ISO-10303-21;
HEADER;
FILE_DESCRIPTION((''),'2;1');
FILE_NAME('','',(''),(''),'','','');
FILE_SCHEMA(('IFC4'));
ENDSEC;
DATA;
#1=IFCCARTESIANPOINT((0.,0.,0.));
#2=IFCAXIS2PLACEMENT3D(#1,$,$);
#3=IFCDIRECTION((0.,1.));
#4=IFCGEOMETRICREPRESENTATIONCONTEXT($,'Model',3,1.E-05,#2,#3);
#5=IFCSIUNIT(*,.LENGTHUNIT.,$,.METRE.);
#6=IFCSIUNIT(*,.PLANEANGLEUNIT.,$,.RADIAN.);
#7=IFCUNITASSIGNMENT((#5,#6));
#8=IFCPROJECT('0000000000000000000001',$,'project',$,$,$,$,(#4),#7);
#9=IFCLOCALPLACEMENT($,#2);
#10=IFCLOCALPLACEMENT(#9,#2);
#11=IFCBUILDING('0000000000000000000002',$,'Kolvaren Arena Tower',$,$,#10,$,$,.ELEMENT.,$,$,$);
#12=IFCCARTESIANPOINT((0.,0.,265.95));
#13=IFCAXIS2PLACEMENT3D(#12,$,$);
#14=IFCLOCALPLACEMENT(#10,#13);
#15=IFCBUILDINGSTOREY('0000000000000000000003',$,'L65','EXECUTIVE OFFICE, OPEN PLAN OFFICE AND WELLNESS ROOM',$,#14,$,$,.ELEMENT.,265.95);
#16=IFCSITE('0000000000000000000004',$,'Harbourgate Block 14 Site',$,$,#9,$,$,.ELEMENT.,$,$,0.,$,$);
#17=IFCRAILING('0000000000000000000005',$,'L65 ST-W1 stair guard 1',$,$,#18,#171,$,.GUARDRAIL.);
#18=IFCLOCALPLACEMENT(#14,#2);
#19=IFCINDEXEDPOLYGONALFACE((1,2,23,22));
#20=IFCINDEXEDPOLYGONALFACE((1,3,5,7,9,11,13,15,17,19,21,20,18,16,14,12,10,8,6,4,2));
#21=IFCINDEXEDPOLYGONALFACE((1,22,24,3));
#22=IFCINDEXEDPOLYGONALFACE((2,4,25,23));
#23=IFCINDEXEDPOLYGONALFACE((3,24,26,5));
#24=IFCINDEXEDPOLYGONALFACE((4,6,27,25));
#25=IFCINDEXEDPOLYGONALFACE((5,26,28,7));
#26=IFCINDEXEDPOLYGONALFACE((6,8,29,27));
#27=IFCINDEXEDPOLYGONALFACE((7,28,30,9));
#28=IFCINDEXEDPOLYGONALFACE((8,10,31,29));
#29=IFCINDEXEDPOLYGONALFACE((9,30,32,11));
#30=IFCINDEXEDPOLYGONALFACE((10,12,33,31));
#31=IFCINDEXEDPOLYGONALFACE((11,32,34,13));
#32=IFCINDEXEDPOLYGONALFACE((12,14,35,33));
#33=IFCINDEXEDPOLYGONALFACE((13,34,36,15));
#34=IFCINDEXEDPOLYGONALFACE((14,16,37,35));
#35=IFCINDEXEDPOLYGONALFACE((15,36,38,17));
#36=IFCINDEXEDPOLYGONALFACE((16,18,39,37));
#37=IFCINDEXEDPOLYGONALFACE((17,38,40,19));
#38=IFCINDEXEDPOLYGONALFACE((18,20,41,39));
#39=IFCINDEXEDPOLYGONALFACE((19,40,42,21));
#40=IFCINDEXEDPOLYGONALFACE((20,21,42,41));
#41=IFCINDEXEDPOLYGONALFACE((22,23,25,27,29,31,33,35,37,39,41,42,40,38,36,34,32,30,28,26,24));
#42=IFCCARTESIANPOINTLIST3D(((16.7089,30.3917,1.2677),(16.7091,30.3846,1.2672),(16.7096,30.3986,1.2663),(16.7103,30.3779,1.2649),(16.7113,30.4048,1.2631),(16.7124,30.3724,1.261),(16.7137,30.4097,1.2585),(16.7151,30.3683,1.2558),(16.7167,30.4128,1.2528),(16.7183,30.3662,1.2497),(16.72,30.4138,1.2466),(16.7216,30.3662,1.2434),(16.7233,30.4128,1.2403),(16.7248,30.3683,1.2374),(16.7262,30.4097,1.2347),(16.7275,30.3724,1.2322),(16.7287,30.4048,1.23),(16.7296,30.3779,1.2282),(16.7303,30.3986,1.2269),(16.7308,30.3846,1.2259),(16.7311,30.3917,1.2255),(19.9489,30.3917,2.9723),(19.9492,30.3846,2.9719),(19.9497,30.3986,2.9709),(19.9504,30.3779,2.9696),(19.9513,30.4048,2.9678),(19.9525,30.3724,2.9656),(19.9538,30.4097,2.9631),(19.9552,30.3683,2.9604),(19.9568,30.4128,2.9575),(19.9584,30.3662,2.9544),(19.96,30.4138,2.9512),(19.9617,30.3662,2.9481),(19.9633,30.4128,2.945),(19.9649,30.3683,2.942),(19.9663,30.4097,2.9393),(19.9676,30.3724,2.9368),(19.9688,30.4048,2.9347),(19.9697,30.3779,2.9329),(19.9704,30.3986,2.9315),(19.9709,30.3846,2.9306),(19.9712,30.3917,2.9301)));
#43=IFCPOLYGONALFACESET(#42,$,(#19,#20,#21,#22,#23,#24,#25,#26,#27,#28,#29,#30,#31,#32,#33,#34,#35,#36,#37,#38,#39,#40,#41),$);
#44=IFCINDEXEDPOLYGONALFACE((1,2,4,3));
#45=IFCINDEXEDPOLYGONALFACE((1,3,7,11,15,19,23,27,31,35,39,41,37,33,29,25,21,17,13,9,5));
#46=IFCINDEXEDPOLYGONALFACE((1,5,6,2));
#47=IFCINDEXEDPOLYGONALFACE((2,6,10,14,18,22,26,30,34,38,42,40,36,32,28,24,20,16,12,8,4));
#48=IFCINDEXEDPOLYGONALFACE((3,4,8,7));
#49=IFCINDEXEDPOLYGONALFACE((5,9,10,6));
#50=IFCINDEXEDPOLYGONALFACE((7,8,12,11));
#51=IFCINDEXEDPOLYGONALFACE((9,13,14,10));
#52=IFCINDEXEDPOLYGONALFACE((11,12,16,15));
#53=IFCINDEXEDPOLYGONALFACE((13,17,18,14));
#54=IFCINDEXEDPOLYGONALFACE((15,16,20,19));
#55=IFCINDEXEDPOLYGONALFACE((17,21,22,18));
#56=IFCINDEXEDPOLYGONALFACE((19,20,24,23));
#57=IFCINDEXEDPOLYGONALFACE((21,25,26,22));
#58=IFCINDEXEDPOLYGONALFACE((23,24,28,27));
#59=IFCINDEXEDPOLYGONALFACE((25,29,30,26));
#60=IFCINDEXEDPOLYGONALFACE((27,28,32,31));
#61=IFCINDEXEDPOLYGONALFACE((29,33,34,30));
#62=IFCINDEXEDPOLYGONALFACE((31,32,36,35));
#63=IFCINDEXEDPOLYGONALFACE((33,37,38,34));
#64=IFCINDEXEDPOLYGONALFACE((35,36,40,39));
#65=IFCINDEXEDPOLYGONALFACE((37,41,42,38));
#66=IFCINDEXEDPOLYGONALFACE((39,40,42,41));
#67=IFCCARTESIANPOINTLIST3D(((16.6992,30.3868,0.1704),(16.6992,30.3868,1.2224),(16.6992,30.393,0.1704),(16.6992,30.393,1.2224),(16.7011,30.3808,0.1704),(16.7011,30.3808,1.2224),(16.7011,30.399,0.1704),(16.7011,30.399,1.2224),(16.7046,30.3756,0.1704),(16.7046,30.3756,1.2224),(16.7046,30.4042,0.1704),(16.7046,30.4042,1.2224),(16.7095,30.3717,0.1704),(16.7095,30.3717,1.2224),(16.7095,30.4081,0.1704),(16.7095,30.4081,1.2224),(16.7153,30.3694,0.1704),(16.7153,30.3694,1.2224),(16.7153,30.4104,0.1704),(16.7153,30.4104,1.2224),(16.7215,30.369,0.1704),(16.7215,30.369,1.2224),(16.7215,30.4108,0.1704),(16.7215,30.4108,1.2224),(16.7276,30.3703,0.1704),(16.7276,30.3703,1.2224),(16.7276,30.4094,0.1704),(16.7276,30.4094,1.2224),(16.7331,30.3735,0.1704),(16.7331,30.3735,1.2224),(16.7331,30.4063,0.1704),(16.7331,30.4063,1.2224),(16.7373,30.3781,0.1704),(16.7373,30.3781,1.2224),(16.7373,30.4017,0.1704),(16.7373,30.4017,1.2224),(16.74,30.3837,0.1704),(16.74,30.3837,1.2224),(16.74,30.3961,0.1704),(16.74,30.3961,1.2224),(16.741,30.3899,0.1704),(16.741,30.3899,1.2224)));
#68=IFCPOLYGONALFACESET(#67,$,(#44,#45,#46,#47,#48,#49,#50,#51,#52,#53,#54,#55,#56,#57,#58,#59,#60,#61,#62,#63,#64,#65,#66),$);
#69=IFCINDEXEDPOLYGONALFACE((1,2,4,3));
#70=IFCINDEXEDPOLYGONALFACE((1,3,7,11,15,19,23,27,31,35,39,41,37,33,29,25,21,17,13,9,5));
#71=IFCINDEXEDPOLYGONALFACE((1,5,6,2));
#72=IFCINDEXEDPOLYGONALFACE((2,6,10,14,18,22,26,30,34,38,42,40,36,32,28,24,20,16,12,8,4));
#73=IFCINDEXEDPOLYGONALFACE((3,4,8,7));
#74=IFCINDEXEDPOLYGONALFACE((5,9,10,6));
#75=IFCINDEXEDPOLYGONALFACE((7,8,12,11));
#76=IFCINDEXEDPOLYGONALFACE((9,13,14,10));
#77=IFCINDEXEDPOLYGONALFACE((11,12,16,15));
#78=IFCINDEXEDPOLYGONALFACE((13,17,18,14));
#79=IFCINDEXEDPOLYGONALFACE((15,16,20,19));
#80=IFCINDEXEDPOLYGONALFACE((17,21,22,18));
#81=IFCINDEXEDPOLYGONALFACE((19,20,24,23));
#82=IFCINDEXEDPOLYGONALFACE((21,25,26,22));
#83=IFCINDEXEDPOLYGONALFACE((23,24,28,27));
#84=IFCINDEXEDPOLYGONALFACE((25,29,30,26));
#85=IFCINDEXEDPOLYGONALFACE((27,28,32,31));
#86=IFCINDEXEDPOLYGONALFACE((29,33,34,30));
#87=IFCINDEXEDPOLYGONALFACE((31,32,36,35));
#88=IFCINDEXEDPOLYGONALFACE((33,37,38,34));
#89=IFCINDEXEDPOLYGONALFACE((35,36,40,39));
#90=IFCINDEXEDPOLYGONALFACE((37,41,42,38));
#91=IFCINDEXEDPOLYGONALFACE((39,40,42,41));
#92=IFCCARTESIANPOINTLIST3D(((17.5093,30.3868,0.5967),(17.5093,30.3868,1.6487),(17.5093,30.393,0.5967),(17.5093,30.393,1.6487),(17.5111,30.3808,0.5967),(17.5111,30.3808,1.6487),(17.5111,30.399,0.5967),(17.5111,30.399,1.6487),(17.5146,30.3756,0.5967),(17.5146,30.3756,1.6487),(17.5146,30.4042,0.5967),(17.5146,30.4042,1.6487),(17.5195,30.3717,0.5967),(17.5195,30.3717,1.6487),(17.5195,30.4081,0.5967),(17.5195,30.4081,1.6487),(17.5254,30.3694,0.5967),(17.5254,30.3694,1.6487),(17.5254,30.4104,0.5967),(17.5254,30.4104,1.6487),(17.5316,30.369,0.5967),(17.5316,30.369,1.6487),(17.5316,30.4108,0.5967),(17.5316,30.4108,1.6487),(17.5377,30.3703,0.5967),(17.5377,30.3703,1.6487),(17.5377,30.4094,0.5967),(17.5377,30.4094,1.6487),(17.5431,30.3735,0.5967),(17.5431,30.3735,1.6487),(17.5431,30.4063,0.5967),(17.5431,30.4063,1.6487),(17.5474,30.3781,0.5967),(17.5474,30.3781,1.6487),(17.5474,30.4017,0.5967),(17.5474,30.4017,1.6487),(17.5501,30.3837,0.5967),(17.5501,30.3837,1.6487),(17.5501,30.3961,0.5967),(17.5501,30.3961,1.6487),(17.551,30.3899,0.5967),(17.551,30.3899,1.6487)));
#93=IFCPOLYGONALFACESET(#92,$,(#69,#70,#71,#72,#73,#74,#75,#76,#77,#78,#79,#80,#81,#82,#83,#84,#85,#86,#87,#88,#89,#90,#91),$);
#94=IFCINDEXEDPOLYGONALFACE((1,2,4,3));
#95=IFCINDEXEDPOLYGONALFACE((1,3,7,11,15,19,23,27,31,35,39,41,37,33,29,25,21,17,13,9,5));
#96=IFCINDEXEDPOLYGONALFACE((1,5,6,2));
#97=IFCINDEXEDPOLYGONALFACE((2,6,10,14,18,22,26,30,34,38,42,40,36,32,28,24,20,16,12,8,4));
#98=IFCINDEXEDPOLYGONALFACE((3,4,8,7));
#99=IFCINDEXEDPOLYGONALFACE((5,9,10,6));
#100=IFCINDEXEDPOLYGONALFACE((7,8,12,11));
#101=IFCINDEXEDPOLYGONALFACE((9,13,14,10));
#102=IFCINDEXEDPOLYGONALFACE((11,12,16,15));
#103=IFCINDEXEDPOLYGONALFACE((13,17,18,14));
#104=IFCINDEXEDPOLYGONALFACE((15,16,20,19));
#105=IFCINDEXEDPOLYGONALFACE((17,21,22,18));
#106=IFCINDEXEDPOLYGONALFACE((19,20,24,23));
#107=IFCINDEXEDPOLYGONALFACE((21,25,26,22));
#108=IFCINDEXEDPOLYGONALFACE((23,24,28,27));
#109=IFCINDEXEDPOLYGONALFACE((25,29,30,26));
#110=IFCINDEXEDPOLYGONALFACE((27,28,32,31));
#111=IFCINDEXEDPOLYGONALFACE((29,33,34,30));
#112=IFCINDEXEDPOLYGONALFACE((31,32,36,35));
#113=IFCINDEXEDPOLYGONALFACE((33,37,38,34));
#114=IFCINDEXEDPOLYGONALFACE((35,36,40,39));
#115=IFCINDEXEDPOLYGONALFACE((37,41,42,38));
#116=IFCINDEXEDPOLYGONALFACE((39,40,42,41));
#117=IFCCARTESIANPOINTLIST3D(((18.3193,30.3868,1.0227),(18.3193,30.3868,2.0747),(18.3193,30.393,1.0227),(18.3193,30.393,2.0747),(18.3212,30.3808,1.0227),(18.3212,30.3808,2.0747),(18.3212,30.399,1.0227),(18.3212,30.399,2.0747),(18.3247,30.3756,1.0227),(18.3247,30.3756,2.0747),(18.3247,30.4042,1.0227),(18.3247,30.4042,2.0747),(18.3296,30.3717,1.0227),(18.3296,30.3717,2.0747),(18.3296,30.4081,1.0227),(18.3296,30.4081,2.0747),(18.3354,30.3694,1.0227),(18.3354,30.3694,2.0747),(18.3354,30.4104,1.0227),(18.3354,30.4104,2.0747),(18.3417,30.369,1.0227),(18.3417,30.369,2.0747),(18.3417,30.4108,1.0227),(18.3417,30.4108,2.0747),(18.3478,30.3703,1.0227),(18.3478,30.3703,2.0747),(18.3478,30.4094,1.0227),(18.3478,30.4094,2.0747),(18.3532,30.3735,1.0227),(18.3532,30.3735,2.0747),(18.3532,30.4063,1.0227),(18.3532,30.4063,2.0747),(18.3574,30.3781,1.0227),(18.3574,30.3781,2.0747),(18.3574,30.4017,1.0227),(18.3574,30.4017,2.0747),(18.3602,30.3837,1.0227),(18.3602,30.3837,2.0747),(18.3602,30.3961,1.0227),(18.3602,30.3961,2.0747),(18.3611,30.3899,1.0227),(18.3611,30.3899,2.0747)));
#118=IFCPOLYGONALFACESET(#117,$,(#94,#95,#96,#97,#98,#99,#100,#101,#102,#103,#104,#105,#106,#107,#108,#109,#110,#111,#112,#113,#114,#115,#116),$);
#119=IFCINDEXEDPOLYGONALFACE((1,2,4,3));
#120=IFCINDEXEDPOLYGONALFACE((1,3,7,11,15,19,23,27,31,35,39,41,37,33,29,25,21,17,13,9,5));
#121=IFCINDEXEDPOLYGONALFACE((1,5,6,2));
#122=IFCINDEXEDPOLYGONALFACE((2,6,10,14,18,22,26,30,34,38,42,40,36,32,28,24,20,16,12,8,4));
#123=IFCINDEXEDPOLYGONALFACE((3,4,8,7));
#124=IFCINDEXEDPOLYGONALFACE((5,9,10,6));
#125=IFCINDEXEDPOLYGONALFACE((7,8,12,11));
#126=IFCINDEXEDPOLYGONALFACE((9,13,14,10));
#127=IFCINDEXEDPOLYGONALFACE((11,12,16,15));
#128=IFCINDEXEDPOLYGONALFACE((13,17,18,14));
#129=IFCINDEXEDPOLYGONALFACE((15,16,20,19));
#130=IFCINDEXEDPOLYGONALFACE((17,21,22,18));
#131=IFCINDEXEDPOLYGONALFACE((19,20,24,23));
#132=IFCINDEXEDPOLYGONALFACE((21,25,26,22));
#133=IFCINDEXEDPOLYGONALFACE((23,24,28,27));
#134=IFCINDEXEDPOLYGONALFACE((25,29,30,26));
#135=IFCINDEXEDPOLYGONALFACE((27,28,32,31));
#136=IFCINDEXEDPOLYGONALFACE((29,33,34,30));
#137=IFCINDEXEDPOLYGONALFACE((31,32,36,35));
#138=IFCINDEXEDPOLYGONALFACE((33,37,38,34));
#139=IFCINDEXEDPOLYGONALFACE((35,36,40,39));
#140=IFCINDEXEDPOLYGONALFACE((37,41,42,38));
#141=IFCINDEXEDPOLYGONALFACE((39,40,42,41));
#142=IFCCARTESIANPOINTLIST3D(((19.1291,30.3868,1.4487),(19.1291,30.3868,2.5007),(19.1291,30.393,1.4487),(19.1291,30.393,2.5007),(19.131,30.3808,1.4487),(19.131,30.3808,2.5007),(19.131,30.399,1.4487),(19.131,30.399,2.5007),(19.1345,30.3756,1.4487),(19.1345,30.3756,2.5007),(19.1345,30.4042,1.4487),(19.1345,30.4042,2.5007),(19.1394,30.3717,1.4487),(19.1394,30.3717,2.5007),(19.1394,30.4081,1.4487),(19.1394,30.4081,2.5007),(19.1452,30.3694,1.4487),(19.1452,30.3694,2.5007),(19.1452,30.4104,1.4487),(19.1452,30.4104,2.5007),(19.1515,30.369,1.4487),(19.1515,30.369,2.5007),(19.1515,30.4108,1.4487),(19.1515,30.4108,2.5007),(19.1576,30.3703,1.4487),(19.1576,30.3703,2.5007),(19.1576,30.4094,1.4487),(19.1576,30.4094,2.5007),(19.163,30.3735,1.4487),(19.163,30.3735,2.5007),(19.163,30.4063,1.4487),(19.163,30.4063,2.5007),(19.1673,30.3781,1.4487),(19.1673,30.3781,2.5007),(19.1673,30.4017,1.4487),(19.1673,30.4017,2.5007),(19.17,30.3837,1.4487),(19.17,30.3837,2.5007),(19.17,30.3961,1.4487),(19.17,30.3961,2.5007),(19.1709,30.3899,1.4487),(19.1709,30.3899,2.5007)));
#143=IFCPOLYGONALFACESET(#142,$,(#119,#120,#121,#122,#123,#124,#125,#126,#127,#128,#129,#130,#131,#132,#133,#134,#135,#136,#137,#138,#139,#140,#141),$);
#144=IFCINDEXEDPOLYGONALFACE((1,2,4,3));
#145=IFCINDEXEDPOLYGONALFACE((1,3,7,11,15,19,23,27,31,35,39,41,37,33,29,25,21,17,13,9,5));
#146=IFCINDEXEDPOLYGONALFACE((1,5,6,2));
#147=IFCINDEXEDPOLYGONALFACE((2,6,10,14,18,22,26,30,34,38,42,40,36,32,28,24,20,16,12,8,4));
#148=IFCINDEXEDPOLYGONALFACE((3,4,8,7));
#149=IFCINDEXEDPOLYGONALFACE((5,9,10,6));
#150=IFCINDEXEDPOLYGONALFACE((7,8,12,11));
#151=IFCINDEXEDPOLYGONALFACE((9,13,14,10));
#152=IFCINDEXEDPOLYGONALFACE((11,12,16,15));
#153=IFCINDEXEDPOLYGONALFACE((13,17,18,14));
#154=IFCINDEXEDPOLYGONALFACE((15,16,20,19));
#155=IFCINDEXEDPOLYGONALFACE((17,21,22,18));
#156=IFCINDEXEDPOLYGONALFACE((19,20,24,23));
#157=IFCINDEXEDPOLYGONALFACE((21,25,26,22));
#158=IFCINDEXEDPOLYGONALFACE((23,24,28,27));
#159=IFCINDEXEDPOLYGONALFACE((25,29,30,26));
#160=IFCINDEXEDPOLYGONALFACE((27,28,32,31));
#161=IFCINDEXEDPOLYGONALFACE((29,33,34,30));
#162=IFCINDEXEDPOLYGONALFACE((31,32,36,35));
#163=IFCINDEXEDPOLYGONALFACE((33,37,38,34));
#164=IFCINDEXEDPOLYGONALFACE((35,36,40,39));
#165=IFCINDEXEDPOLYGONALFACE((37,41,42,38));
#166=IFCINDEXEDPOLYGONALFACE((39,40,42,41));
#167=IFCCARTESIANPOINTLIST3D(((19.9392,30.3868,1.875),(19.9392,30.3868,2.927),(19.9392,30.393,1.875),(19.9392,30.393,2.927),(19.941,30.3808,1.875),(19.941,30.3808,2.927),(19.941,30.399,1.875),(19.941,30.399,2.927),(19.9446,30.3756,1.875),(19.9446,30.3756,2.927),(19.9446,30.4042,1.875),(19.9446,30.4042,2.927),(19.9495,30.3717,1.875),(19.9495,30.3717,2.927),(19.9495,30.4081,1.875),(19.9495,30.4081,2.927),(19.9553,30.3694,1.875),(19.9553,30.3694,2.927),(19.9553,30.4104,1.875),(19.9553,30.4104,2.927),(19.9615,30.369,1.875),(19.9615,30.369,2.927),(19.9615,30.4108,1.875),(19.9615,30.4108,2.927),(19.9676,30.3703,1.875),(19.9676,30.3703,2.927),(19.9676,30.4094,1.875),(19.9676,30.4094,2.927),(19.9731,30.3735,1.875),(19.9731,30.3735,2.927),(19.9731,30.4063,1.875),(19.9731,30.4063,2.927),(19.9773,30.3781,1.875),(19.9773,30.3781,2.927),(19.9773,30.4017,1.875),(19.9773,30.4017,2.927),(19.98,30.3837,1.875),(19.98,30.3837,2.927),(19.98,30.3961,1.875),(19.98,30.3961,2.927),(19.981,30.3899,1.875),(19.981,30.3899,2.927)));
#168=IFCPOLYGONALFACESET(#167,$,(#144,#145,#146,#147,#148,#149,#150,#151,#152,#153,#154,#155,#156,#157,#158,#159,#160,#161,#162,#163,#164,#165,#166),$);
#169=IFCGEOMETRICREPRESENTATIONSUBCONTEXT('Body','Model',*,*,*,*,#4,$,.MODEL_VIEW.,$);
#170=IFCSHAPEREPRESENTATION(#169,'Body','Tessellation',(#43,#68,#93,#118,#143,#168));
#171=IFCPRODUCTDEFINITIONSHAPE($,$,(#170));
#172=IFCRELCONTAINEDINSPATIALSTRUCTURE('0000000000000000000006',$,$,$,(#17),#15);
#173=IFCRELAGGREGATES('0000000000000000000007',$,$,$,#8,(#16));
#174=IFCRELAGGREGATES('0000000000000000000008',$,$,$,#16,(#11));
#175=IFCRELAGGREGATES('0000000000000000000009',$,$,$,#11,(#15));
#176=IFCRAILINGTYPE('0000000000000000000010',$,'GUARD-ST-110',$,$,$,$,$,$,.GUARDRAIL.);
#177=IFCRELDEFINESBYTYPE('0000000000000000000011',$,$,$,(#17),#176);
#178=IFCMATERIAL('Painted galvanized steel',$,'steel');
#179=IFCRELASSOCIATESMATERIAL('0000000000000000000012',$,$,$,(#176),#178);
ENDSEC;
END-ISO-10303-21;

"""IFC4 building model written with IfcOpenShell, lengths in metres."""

from ifc_helpers import new_model, si_unit, direction, frame, origin, origin_2d, place, context, subcontext, project, spatial, circle, extrude, material, type_object, element, save


model = new_model("IFC4")

# Units and contexts
model_context = context("Model", 3, precision=1e-05, world=origin(), true_north=direction((0.0, 1.0)))
body_context = subcontext(model_context, "Body", "Model", "MODEL_VIEW")
ifc_project = project(units=[si_unit("LENGTHUNIT", "METRE"), si_unit("PLANEANGLEUNIT", "RADIAN")], contexts=[model_context])

# Site, building, storey
site_placement = place(None, origin())
site = spatial("IfcSite", under=ifc_project, at=site_placement, Name="Harbourgate Block 14 Site", CompositionType="ELEMENT", RefElevation=0.0)
building_placement = place(site_placement, origin())
building = spatial("IfcBuilding", under=site, at=building_placement, Name="Kolvaren Arena Tower", CompositionType="ELEMENT")
storey_placement = place(building_placement, frame((0.0, 0.0, 265.95)))
storey = spatial("IfcBuildingStorey", under=building, at=storey_placement, Name="L65", Description="EXECUTIVE OFFICE, OPEN PLAN OFFICE AND WELLNESS ROOM", CompositionType="ELEMENT", Elevation=265.95)

# Railing
ifc_material_1 = material(Name="Painted galvanized steel", Category="steel")
railing_type_1 = type_object("IfcRailingType", Name="GUARD-ST-110", PredefinedType="GUARDRAIL", material=ifc_material_1)
railing_1_placement = place(storey_placement, frame((16.72, 30.3899, 0.1704)))
element("IfcRailing", 1, at=railing_1_placement, inside=storey, type_object=railing_type_1, Name="L65 ST-W1 stair guard 1", PredefinedType="GUARDRAIL", context=body_context, shape_type="SweptSolid", body=[
    extrude(circle(Radius=0.0239, at=origin_2d()), frame((0.0, 0.0, 1.0762), z_axis=(0.884993, 0.0, 0.465604), x_axis=(0.0, 1.0, 0.0)), (0.0, 0.0, 1.0), 3.6611),
    extrude(circle(Radius=0.021, at=origin_2d()), origin(), (0.0, 0.0, 1.0), 1.052),
    extrude(circle(Radius=0.021, at=origin_2d()), frame((0.8101, 0.0, 0.4263)), (0.0, 0.0, 1.0), 1.052),
    extrude(circle(Radius=0.021, at=origin_2d()), frame((1.6201, 0.0, 0.8523)), (0.0, 0.0, 1.0), 1.052),
    extrude(circle(Radius=0.021, at=origin_2d()), frame((2.4299, 0.0, 1.2783)), (0.0, 0.0, 1.0), 1.052),
    extrude(circle(Radius=0.021, at=origin_2d()), frame((3.24, 0.0, 1.7046)), (0.0, 0.0, 1.0), 1.052),
])

save(model, "model.ifc")
